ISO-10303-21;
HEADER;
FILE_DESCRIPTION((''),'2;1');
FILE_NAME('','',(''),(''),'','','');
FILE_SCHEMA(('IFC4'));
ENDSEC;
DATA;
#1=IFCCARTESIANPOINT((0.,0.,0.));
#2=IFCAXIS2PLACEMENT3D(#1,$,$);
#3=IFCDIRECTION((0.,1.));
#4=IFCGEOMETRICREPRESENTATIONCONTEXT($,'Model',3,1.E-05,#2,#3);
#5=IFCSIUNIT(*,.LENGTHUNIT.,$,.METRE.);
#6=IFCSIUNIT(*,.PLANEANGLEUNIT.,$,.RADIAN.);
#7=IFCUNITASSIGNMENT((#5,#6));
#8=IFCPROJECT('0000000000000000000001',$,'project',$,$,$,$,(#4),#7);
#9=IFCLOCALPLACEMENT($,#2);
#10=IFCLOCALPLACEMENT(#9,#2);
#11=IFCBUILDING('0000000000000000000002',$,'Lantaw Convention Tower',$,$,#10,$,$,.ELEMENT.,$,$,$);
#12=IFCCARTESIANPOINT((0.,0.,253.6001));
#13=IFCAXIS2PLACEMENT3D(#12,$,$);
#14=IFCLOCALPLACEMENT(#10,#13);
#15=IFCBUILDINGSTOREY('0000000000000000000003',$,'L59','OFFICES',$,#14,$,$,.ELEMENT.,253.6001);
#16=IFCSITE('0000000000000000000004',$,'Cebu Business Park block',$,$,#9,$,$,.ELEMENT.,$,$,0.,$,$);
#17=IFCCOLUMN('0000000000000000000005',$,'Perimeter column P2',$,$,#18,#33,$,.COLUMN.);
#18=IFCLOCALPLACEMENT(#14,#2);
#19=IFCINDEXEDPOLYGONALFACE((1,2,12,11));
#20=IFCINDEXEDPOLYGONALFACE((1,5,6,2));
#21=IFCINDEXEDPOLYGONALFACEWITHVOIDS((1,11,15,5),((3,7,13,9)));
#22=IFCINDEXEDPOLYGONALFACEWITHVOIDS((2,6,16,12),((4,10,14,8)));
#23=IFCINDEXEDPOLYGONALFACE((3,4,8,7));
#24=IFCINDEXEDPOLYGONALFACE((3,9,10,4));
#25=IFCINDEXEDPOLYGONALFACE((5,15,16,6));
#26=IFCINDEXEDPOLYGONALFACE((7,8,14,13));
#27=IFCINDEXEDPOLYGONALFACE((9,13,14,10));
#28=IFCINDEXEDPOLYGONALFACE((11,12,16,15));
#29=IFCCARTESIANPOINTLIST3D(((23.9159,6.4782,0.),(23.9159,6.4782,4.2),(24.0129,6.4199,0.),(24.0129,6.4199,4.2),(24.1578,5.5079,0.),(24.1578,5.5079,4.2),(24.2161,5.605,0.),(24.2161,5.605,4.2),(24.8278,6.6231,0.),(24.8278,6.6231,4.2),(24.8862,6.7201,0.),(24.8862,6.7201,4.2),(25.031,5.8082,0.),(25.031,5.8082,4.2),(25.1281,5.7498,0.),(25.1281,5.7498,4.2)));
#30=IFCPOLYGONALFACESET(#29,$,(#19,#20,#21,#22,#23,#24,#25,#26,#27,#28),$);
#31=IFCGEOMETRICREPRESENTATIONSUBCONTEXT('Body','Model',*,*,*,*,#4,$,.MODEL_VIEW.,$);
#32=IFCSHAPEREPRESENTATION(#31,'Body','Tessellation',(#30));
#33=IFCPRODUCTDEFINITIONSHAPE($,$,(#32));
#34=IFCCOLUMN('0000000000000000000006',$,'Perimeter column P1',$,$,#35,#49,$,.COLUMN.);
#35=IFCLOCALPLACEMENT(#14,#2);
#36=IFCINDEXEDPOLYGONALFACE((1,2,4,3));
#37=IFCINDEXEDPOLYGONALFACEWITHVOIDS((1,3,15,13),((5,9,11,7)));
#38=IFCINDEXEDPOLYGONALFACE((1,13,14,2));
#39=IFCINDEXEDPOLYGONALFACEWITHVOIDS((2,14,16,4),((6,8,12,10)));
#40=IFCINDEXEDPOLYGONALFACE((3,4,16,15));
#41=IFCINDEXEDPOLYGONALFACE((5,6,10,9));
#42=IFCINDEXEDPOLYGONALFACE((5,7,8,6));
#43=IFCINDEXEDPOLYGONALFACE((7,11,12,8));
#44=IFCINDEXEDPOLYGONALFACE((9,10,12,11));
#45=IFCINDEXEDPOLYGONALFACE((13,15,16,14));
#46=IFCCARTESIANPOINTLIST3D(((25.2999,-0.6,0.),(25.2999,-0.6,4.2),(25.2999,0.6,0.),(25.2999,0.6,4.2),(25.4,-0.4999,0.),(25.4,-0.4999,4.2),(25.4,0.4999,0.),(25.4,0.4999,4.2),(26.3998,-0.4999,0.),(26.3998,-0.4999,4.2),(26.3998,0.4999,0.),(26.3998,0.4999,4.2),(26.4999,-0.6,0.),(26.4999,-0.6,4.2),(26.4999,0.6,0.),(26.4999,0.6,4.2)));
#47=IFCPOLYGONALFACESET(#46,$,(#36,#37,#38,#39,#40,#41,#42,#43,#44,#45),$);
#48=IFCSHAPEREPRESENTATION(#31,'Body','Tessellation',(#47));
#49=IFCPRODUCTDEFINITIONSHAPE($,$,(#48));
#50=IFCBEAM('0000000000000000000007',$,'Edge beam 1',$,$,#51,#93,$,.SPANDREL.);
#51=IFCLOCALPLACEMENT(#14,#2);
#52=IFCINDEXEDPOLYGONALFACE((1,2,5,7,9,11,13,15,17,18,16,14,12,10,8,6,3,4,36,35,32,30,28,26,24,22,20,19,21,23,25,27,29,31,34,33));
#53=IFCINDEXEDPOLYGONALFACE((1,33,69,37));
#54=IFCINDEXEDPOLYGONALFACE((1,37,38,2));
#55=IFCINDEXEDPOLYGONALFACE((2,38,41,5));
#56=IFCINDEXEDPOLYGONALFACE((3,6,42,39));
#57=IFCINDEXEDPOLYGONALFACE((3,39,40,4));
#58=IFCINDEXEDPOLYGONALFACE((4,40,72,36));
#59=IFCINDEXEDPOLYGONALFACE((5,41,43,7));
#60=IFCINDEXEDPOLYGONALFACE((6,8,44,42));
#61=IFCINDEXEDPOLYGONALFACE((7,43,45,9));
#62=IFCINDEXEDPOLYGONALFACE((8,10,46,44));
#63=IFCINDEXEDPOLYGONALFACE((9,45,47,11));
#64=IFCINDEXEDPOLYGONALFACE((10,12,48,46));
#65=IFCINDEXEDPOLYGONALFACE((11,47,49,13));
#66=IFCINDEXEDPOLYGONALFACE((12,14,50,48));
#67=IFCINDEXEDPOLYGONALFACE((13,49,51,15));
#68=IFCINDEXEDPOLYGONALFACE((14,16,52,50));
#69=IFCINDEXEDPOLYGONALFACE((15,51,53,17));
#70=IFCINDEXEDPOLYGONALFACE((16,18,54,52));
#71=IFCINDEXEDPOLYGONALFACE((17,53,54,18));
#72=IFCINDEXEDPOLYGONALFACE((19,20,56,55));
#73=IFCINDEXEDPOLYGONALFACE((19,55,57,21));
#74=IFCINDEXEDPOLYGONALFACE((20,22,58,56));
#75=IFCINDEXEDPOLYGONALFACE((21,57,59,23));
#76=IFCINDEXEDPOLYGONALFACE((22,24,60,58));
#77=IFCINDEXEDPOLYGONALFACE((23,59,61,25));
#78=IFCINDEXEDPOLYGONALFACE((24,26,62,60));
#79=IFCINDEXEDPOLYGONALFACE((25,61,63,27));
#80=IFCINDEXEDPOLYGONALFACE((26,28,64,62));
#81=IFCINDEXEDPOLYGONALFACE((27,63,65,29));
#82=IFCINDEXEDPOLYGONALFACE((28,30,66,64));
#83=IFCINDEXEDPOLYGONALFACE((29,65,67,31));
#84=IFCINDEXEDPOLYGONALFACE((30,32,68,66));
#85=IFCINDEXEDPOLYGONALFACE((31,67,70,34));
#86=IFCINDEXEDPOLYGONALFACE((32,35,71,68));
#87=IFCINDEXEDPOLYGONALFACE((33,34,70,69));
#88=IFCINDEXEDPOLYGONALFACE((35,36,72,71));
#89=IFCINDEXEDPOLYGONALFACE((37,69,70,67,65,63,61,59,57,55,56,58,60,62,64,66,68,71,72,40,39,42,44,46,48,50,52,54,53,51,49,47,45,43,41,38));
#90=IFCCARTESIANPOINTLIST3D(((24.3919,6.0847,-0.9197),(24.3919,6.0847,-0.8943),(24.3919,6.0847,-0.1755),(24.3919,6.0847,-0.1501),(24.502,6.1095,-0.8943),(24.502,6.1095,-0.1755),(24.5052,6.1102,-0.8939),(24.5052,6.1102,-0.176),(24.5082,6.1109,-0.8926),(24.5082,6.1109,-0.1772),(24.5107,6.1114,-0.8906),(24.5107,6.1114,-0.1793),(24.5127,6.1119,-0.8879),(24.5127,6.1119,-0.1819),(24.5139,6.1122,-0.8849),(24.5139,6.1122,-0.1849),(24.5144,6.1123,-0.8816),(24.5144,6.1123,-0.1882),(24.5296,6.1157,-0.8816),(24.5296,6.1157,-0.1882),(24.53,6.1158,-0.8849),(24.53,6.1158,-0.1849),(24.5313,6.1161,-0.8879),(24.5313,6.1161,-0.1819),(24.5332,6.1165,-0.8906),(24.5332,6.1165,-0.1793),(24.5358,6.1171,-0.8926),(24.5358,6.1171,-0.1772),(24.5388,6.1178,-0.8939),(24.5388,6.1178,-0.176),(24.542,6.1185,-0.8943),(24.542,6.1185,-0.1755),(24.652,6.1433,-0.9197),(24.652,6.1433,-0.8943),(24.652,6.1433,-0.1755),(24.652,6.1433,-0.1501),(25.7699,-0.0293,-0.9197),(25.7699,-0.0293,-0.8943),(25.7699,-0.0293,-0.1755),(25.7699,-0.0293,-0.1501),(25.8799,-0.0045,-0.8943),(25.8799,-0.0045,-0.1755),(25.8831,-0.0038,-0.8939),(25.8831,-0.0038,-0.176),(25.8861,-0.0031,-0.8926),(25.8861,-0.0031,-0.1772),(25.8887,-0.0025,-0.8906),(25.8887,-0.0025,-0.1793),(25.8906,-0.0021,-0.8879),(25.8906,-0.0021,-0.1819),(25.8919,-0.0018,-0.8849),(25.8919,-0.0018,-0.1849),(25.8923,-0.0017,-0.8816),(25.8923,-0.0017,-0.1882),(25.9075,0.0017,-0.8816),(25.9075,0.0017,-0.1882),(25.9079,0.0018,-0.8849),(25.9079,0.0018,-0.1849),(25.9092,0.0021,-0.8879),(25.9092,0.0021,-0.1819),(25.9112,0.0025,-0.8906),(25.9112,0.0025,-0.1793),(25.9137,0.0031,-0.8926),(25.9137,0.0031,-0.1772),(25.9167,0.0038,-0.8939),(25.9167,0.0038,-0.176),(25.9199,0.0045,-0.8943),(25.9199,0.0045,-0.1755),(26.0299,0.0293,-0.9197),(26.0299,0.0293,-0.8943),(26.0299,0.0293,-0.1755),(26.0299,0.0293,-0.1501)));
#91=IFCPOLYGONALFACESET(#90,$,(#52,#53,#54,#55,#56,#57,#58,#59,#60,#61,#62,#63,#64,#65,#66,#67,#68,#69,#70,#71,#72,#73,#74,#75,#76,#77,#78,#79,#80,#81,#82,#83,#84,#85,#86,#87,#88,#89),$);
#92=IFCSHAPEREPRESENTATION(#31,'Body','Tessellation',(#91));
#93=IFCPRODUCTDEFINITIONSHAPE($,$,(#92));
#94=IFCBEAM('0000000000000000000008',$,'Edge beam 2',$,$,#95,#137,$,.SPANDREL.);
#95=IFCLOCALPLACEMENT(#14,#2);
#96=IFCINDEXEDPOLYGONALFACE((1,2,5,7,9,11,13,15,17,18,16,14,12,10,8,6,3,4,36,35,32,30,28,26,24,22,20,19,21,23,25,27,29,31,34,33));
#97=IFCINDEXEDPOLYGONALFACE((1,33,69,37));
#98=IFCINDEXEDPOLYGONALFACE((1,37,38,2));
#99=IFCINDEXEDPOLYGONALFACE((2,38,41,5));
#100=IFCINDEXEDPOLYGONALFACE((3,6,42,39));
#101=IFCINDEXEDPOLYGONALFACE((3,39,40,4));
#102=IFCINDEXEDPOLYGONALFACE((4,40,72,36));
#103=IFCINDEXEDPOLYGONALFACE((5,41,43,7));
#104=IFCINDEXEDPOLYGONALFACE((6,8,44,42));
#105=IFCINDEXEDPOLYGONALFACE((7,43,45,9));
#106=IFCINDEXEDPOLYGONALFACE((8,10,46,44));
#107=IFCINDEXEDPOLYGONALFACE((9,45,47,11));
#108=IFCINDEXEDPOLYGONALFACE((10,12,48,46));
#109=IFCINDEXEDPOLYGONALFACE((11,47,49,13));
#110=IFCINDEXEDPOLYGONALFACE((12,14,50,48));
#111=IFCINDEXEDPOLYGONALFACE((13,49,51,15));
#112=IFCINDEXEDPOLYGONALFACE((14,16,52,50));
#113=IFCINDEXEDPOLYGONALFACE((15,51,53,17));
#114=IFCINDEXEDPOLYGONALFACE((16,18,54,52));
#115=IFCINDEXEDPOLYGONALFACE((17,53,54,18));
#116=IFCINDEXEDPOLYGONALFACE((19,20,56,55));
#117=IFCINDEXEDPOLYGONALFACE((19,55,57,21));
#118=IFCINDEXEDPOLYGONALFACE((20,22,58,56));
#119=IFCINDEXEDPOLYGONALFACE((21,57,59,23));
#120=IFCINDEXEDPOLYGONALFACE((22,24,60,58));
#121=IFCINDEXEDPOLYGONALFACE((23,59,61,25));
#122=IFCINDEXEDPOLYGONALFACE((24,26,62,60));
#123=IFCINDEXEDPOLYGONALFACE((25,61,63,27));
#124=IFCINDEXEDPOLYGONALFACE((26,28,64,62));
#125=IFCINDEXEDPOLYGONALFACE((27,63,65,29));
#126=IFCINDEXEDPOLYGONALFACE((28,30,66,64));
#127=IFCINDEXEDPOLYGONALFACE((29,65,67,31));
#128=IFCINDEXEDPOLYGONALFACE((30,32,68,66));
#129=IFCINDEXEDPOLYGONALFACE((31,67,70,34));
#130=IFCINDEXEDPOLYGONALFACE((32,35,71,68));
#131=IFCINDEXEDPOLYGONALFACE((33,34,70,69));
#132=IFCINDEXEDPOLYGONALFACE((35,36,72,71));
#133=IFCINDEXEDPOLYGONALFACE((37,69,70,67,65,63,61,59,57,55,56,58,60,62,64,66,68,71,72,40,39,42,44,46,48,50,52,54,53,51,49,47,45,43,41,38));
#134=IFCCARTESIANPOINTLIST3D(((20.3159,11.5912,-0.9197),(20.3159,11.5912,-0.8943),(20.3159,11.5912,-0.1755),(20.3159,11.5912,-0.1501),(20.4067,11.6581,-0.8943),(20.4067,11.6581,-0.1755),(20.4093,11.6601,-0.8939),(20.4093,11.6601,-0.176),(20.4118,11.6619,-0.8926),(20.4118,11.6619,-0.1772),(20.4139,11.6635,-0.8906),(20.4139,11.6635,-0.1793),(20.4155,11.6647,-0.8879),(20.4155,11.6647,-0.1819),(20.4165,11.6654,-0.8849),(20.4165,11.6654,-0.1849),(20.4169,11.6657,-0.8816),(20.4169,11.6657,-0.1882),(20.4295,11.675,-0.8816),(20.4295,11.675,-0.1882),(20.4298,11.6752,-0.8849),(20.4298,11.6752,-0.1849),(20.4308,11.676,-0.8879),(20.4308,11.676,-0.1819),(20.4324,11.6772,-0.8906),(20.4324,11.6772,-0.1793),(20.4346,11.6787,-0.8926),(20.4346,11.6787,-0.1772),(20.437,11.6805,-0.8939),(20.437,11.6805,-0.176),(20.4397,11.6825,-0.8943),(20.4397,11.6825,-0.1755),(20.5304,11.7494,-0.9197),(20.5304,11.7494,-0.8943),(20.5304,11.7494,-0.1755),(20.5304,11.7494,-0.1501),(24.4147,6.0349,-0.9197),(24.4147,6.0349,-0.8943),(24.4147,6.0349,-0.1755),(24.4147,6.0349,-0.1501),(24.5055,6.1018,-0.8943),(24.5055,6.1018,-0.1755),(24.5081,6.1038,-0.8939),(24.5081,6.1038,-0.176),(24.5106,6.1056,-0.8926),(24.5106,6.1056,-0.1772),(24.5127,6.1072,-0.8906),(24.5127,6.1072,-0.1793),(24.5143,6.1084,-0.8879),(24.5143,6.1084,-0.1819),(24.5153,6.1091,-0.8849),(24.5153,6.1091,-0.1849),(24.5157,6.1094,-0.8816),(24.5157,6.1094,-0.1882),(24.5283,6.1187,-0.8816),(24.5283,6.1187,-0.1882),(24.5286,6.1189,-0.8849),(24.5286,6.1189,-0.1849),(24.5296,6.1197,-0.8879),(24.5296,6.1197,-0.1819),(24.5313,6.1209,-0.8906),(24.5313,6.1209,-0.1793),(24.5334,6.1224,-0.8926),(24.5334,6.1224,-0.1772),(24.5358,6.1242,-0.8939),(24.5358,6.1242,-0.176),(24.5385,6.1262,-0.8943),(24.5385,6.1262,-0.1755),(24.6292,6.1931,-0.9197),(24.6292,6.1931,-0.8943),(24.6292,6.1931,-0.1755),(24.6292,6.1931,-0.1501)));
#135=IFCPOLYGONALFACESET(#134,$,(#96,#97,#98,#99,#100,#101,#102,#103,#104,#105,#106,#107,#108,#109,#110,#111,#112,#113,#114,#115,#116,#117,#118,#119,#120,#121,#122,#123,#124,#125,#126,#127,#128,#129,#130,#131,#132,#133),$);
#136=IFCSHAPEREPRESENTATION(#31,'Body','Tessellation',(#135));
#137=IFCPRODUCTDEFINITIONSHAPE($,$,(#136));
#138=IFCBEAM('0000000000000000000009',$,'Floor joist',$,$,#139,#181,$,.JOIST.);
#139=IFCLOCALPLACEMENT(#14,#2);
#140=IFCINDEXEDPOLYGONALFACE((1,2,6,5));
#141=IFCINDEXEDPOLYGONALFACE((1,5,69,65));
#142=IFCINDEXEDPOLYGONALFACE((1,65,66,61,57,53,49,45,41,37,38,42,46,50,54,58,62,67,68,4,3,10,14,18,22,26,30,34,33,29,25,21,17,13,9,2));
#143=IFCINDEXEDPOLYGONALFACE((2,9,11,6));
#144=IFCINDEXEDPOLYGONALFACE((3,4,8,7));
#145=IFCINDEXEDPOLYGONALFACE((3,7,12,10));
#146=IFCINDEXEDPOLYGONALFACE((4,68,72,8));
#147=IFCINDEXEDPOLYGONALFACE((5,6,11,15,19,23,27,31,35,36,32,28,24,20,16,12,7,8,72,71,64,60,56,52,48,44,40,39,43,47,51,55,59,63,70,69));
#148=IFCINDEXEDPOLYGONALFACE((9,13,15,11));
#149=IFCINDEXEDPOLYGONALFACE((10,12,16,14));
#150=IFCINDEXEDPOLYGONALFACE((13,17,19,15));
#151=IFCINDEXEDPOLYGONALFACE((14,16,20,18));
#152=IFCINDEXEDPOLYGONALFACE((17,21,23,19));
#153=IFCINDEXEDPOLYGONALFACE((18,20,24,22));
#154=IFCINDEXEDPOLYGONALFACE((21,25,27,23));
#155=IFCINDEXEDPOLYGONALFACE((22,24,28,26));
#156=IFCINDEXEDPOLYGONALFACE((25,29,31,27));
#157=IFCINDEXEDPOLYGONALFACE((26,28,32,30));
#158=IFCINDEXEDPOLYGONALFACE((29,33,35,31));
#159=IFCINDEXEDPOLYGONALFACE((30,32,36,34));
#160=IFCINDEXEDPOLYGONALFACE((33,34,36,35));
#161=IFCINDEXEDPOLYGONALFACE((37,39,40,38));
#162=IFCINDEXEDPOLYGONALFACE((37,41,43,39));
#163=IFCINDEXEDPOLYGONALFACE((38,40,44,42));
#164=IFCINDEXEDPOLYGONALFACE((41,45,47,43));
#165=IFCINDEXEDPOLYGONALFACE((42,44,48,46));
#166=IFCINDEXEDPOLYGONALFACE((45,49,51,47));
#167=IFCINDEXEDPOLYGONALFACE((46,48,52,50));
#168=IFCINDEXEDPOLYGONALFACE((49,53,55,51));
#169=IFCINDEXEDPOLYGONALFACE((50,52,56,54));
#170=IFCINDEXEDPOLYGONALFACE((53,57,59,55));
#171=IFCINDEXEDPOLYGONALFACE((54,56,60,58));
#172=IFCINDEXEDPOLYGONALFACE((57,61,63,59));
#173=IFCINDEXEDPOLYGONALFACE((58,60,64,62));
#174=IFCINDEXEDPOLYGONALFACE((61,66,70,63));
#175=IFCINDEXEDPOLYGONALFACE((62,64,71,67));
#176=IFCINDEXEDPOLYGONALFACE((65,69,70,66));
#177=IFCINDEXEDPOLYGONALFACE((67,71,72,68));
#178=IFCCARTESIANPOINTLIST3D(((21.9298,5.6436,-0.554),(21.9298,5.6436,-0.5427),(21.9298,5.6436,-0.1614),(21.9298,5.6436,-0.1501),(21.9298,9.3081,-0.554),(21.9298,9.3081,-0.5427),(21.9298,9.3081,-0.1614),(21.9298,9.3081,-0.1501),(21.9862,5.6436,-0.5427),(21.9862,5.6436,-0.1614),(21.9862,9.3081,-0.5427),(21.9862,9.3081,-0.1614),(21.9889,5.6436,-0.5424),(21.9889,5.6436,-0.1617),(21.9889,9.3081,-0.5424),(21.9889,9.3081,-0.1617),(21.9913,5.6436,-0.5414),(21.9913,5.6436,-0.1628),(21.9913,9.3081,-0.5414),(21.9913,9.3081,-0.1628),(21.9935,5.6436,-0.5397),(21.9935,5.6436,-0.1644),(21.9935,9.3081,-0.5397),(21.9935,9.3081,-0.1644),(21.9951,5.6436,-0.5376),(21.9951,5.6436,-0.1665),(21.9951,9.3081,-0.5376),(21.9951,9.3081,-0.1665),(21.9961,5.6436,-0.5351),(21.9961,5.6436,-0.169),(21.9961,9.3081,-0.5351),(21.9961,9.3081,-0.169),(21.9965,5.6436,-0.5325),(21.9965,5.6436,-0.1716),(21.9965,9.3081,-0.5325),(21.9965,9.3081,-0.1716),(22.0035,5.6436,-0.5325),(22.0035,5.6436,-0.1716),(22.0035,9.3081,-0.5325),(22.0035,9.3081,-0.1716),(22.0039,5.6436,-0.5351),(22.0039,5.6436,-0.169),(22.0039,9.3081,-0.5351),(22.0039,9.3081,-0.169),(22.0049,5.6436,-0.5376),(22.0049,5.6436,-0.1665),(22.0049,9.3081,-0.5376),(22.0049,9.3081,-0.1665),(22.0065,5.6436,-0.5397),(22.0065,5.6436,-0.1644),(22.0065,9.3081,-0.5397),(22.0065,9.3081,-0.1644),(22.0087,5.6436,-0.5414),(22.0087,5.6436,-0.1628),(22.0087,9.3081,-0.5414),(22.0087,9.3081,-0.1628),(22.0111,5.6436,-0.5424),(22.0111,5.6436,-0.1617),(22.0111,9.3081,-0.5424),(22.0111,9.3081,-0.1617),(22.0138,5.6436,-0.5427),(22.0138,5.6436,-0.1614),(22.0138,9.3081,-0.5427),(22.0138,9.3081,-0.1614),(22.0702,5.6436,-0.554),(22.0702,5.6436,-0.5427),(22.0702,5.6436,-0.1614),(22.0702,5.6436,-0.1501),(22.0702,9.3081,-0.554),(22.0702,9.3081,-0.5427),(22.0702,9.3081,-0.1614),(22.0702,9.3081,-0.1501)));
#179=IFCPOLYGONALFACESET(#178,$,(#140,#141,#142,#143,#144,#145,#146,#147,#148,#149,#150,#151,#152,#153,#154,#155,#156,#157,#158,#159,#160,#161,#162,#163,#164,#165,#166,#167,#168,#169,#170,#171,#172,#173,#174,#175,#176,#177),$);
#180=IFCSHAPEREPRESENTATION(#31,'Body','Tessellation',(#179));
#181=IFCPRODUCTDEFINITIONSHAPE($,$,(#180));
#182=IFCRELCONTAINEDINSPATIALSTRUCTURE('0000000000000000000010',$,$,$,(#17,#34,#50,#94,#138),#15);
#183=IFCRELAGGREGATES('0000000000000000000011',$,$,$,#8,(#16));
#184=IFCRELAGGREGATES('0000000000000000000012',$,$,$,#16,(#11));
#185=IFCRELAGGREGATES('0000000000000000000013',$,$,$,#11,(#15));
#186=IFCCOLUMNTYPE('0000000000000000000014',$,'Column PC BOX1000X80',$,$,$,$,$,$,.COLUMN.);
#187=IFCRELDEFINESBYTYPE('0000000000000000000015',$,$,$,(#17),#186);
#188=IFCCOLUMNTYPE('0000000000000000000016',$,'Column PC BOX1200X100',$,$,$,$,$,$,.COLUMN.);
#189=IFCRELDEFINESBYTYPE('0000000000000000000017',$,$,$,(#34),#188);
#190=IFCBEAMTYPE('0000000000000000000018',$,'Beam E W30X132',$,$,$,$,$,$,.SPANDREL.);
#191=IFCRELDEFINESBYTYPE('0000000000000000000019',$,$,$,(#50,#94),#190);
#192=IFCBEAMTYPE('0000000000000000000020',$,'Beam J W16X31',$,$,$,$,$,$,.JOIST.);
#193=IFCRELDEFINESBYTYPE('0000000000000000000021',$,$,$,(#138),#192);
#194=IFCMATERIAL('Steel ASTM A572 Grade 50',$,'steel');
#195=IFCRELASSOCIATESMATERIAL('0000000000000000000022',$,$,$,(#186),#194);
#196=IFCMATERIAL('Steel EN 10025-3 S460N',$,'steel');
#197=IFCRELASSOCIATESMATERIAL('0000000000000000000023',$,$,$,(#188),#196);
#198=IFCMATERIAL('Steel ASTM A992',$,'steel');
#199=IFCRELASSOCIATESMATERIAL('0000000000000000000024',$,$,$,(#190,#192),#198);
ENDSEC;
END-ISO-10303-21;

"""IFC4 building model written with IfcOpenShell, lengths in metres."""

from ifc_helpers import new_model, si_unit, direction, frame, origin, origin_2d, place, context, subcontext, project, spatial, rectangle, hollow_rectangle, i_section, extrude, material, material_profile, profile_set, type_object, element, save


model = new_model("IFC4")

# Units and contexts
model_context = context("Model", 3, precision=1e-05, world=origin(), true_north=direction((0.0, 1.0)))
body_context = subcontext(model_context, "Body", "Model", "MODEL_VIEW")
ifc_project = project(units=[si_unit("LENGTHUNIT", "METRE"), si_unit("PLANEANGLEUNIT", "RADIAN")], contexts=[model_context])

# Site, building, storey
site_placement = place(None, origin())
site = spatial("IfcSite", under=ifc_project, at=site_placement, Name="Cebu Business Park block", CompositionType="ELEMENT", RefElevation=0.0)
building_placement = place(site_placement, origin())
building = spatial("IfcBuilding", under=site, at=building_placement, Name="Lantaw Convention Tower", CompositionType="ELEMENT")
storey_placement = place(building_placement, frame((0.0, 0.0, 253.6001)))
storey = spatial("IfcBuildingStorey", under=building, at=storey_placement, Name="L59", Description="OFFICES", CompositionType="ELEMENT", Elevation=253.6001)

# Columns
ifc_material_1 = material(Name="Steel ASTM A572 Grade 50", Category="steel")
ifc_material_profile_1 = material_profile(ifc_material_1, hollow_rectangle(XDim=1.0, YDim=1.0, WallThickness=0.0801, at=origin_2d()), Name="BOX1000X80")
ifc_material_2 = material(Name="Concrete C60/75", Category="concrete")
ifc_material_profile_2 = material_profile(ifc_material_2, rectangle(XDim=0.8401, YDim=0.8401, at=origin_2d()), Name="Concrete fill of BOX1000X80")
ifc_profile_set_1 = profile_set([ifc_material_profile_1, ifc_material_profile_2], Name="Steel ASTM A572 Grade 50")
column_type_1 = type_object("IfcColumnType", Name="Column PC BOX1000X80", PredefinedType="COLUMN", material=ifc_profile_set_1)
column_1_placement = place(storey_placement, frame((24.522, 6.114, 0.0), z_axis=(0.0, 0.0, 1.0), x_axis=(0.970296, 0.241922, 0.0)))
element("IfcColumn", 1, at=column_1_placement, inside=storey, type_object=column_type_1, Name="Perimeter column P2", PredefinedType="COLUMN", context=body_context, shape_type="SweptSolid", body=[
    extrude(hollow_rectangle(XDim=1.0, YDim=1.0, WallThickness=0.0801, at=origin_2d()), origin(), (0.0, 0.0, 1.0), 4.2),
])
ifc_material_3 = material(Name="Steel EN 10025-3 S460N", Category="steel")
ifc_material_profile_3 = material_profile(ifc_material_3, hollow_rectangle(XDim=1.2, YDim=1.2, WallThickness=0.1001, at=origin_2d()), Name="BOX1200X100")
ifc_material_profile_4 = material_profile(ifc_material_2, rectangle(XDim=1.0, YDim=1.0, at=origin_2d()), Name="Concrete fill of BOX1200X100")
ifc_profile_set_2 = profile_set([ifc_material_profile_3, ifc_material_profile_4], Name="Steel EN 10025-3 S460N")
column_type_2 = type_object("IfcColumnType", Name="Column PC BOX1200X100", PredefinedType="COLUMN", material=ifc_profile_set_2)
column_2_placement = place(storey_placement, frame((25.8999, 0.0, 0.0), z_axis=(0.0, 0.0, 1.0), x_axis=(1.0, 0.0, 0.0)))
element("IfcColumn", 2, at=column_2_placement, inside=storey, type_object=column_type_2, Name="Perimeter column P1", PredefinedType="COLUMN", context=body_context, shape_type="SweptSolid", body=[
    extrude(hollow_rectangle(XDim=1.2, YDim=1.2, WallThickness=0.1001, at=origin_2d()), origin(), (0.0, 0.0, 1.0), 4.2),
])

# Beams
ifc_material_4 = material(Name="Steel ASTM A992", Category="steel")
ifc_material_profile_5 = material_profile(ifc_material_4, i_section(OverallWidth=0.2666, OverallDepth=0.7695, WebThickness=0.0156, FlangeThickness=0.0254, FilletRadius=0.0127, at=origin_2d()), Name="W30X132")
ifc_profile_set_3 = profile_set([ifc_material_profile_5], Name="Steel ASTM A992")
beam_type_1 = type_object("IfcBeamType", Name="Beam E W30X132", PredefinedType="SPANDREL", material=ifc_profile_set_3)
beam_1_placement = place(storey_placement, frame((25.8999, 0.0, -0.5349), z_axis=(-0.219858, 0.975532, 0.0), x_axis=(-0.975532, -0.219858, 0.0)))
element("IfcBeam", 3, at=beam_1_placement, inside=storey, type_object=beam_type_1, Name="Edge beam 1", PredefinedType="SPANDREL", context=body_context, shape_type="SweptSolid", body=[
    extrude(i_section(OverallWidth=0.2666, OverallDepth=0.7695, WebThickness=0.0156, FlangeThickness=0.0254, FilletRadius=0.0127, at=origin_2d()), origin(), (0.0, 0.0, 1.0), 6.2673),
])
beam_2_placement = place(storey_placement, frame((24.522, 6.114, -0.5349), z_axis=(-0.593639, 0.804731, 0.0), x_axis=(-0.804731, -0.593639, 0.0)))
element("IfcBeam", 4, at=beam_2_placement, inside=storey, type_object=beam_type_1, Name="Edge beam 2", PredefinedType="SPANDREL", context=body_context, shape_type="SweptSolid", body=[
    extrude(i_section(OverallWidth=0.2666, OverallDepth=0.7695, WebThickness=0.0156, FlangeThickness=0.0254, FilletRadius=0.0127, at=origin_2d()), origin(), (0.0, 0.0, 1.0), 6.9045),
])
ifc_material_profile_6 = material_profile(ifc_material_4, i_section(OverallWidth=0.1404, OverallDepth=0.4038, WebThickness=0.0071, FlangeThickness=0.0112, FilletRadius=0.0103, at=origin_2d()), Name="W16X31")
ifc_profile_set_4 = profile_set([ifc_material_profile_6], Name="Steel ASTM A992")
beam_type_2 = type_object("IfcBeamType", Name="Beam J W16X31", PredefinedType="JOIST", material=ifc_profile_set_4)
beam_3_placement = place(storey_placement, frame((22.0, 5.6436, -0.3521), z_axis=(0.0, 1.0, 0.0), x_axis=(-1.0, 0.0, 0.0)))
element("IfcBeam", 5, at=beam_3_placement, inside=storey, type_object=beam_type_2, Name="Floor joist", PredefinedType="JOIST", context=body_context, shape_type="SweptSolid", body=[
    extrude(i_section(OverallWidth=0.1404, OverallDepth=0.4038, WebThickness=0.0071, FlangeThickness=0.0112, FilletRadius=0.0103, at=origin_2d()), origin(), (0.0, 0.0, 1.0), 3.6646),
])

save(model, "model.ifc")
